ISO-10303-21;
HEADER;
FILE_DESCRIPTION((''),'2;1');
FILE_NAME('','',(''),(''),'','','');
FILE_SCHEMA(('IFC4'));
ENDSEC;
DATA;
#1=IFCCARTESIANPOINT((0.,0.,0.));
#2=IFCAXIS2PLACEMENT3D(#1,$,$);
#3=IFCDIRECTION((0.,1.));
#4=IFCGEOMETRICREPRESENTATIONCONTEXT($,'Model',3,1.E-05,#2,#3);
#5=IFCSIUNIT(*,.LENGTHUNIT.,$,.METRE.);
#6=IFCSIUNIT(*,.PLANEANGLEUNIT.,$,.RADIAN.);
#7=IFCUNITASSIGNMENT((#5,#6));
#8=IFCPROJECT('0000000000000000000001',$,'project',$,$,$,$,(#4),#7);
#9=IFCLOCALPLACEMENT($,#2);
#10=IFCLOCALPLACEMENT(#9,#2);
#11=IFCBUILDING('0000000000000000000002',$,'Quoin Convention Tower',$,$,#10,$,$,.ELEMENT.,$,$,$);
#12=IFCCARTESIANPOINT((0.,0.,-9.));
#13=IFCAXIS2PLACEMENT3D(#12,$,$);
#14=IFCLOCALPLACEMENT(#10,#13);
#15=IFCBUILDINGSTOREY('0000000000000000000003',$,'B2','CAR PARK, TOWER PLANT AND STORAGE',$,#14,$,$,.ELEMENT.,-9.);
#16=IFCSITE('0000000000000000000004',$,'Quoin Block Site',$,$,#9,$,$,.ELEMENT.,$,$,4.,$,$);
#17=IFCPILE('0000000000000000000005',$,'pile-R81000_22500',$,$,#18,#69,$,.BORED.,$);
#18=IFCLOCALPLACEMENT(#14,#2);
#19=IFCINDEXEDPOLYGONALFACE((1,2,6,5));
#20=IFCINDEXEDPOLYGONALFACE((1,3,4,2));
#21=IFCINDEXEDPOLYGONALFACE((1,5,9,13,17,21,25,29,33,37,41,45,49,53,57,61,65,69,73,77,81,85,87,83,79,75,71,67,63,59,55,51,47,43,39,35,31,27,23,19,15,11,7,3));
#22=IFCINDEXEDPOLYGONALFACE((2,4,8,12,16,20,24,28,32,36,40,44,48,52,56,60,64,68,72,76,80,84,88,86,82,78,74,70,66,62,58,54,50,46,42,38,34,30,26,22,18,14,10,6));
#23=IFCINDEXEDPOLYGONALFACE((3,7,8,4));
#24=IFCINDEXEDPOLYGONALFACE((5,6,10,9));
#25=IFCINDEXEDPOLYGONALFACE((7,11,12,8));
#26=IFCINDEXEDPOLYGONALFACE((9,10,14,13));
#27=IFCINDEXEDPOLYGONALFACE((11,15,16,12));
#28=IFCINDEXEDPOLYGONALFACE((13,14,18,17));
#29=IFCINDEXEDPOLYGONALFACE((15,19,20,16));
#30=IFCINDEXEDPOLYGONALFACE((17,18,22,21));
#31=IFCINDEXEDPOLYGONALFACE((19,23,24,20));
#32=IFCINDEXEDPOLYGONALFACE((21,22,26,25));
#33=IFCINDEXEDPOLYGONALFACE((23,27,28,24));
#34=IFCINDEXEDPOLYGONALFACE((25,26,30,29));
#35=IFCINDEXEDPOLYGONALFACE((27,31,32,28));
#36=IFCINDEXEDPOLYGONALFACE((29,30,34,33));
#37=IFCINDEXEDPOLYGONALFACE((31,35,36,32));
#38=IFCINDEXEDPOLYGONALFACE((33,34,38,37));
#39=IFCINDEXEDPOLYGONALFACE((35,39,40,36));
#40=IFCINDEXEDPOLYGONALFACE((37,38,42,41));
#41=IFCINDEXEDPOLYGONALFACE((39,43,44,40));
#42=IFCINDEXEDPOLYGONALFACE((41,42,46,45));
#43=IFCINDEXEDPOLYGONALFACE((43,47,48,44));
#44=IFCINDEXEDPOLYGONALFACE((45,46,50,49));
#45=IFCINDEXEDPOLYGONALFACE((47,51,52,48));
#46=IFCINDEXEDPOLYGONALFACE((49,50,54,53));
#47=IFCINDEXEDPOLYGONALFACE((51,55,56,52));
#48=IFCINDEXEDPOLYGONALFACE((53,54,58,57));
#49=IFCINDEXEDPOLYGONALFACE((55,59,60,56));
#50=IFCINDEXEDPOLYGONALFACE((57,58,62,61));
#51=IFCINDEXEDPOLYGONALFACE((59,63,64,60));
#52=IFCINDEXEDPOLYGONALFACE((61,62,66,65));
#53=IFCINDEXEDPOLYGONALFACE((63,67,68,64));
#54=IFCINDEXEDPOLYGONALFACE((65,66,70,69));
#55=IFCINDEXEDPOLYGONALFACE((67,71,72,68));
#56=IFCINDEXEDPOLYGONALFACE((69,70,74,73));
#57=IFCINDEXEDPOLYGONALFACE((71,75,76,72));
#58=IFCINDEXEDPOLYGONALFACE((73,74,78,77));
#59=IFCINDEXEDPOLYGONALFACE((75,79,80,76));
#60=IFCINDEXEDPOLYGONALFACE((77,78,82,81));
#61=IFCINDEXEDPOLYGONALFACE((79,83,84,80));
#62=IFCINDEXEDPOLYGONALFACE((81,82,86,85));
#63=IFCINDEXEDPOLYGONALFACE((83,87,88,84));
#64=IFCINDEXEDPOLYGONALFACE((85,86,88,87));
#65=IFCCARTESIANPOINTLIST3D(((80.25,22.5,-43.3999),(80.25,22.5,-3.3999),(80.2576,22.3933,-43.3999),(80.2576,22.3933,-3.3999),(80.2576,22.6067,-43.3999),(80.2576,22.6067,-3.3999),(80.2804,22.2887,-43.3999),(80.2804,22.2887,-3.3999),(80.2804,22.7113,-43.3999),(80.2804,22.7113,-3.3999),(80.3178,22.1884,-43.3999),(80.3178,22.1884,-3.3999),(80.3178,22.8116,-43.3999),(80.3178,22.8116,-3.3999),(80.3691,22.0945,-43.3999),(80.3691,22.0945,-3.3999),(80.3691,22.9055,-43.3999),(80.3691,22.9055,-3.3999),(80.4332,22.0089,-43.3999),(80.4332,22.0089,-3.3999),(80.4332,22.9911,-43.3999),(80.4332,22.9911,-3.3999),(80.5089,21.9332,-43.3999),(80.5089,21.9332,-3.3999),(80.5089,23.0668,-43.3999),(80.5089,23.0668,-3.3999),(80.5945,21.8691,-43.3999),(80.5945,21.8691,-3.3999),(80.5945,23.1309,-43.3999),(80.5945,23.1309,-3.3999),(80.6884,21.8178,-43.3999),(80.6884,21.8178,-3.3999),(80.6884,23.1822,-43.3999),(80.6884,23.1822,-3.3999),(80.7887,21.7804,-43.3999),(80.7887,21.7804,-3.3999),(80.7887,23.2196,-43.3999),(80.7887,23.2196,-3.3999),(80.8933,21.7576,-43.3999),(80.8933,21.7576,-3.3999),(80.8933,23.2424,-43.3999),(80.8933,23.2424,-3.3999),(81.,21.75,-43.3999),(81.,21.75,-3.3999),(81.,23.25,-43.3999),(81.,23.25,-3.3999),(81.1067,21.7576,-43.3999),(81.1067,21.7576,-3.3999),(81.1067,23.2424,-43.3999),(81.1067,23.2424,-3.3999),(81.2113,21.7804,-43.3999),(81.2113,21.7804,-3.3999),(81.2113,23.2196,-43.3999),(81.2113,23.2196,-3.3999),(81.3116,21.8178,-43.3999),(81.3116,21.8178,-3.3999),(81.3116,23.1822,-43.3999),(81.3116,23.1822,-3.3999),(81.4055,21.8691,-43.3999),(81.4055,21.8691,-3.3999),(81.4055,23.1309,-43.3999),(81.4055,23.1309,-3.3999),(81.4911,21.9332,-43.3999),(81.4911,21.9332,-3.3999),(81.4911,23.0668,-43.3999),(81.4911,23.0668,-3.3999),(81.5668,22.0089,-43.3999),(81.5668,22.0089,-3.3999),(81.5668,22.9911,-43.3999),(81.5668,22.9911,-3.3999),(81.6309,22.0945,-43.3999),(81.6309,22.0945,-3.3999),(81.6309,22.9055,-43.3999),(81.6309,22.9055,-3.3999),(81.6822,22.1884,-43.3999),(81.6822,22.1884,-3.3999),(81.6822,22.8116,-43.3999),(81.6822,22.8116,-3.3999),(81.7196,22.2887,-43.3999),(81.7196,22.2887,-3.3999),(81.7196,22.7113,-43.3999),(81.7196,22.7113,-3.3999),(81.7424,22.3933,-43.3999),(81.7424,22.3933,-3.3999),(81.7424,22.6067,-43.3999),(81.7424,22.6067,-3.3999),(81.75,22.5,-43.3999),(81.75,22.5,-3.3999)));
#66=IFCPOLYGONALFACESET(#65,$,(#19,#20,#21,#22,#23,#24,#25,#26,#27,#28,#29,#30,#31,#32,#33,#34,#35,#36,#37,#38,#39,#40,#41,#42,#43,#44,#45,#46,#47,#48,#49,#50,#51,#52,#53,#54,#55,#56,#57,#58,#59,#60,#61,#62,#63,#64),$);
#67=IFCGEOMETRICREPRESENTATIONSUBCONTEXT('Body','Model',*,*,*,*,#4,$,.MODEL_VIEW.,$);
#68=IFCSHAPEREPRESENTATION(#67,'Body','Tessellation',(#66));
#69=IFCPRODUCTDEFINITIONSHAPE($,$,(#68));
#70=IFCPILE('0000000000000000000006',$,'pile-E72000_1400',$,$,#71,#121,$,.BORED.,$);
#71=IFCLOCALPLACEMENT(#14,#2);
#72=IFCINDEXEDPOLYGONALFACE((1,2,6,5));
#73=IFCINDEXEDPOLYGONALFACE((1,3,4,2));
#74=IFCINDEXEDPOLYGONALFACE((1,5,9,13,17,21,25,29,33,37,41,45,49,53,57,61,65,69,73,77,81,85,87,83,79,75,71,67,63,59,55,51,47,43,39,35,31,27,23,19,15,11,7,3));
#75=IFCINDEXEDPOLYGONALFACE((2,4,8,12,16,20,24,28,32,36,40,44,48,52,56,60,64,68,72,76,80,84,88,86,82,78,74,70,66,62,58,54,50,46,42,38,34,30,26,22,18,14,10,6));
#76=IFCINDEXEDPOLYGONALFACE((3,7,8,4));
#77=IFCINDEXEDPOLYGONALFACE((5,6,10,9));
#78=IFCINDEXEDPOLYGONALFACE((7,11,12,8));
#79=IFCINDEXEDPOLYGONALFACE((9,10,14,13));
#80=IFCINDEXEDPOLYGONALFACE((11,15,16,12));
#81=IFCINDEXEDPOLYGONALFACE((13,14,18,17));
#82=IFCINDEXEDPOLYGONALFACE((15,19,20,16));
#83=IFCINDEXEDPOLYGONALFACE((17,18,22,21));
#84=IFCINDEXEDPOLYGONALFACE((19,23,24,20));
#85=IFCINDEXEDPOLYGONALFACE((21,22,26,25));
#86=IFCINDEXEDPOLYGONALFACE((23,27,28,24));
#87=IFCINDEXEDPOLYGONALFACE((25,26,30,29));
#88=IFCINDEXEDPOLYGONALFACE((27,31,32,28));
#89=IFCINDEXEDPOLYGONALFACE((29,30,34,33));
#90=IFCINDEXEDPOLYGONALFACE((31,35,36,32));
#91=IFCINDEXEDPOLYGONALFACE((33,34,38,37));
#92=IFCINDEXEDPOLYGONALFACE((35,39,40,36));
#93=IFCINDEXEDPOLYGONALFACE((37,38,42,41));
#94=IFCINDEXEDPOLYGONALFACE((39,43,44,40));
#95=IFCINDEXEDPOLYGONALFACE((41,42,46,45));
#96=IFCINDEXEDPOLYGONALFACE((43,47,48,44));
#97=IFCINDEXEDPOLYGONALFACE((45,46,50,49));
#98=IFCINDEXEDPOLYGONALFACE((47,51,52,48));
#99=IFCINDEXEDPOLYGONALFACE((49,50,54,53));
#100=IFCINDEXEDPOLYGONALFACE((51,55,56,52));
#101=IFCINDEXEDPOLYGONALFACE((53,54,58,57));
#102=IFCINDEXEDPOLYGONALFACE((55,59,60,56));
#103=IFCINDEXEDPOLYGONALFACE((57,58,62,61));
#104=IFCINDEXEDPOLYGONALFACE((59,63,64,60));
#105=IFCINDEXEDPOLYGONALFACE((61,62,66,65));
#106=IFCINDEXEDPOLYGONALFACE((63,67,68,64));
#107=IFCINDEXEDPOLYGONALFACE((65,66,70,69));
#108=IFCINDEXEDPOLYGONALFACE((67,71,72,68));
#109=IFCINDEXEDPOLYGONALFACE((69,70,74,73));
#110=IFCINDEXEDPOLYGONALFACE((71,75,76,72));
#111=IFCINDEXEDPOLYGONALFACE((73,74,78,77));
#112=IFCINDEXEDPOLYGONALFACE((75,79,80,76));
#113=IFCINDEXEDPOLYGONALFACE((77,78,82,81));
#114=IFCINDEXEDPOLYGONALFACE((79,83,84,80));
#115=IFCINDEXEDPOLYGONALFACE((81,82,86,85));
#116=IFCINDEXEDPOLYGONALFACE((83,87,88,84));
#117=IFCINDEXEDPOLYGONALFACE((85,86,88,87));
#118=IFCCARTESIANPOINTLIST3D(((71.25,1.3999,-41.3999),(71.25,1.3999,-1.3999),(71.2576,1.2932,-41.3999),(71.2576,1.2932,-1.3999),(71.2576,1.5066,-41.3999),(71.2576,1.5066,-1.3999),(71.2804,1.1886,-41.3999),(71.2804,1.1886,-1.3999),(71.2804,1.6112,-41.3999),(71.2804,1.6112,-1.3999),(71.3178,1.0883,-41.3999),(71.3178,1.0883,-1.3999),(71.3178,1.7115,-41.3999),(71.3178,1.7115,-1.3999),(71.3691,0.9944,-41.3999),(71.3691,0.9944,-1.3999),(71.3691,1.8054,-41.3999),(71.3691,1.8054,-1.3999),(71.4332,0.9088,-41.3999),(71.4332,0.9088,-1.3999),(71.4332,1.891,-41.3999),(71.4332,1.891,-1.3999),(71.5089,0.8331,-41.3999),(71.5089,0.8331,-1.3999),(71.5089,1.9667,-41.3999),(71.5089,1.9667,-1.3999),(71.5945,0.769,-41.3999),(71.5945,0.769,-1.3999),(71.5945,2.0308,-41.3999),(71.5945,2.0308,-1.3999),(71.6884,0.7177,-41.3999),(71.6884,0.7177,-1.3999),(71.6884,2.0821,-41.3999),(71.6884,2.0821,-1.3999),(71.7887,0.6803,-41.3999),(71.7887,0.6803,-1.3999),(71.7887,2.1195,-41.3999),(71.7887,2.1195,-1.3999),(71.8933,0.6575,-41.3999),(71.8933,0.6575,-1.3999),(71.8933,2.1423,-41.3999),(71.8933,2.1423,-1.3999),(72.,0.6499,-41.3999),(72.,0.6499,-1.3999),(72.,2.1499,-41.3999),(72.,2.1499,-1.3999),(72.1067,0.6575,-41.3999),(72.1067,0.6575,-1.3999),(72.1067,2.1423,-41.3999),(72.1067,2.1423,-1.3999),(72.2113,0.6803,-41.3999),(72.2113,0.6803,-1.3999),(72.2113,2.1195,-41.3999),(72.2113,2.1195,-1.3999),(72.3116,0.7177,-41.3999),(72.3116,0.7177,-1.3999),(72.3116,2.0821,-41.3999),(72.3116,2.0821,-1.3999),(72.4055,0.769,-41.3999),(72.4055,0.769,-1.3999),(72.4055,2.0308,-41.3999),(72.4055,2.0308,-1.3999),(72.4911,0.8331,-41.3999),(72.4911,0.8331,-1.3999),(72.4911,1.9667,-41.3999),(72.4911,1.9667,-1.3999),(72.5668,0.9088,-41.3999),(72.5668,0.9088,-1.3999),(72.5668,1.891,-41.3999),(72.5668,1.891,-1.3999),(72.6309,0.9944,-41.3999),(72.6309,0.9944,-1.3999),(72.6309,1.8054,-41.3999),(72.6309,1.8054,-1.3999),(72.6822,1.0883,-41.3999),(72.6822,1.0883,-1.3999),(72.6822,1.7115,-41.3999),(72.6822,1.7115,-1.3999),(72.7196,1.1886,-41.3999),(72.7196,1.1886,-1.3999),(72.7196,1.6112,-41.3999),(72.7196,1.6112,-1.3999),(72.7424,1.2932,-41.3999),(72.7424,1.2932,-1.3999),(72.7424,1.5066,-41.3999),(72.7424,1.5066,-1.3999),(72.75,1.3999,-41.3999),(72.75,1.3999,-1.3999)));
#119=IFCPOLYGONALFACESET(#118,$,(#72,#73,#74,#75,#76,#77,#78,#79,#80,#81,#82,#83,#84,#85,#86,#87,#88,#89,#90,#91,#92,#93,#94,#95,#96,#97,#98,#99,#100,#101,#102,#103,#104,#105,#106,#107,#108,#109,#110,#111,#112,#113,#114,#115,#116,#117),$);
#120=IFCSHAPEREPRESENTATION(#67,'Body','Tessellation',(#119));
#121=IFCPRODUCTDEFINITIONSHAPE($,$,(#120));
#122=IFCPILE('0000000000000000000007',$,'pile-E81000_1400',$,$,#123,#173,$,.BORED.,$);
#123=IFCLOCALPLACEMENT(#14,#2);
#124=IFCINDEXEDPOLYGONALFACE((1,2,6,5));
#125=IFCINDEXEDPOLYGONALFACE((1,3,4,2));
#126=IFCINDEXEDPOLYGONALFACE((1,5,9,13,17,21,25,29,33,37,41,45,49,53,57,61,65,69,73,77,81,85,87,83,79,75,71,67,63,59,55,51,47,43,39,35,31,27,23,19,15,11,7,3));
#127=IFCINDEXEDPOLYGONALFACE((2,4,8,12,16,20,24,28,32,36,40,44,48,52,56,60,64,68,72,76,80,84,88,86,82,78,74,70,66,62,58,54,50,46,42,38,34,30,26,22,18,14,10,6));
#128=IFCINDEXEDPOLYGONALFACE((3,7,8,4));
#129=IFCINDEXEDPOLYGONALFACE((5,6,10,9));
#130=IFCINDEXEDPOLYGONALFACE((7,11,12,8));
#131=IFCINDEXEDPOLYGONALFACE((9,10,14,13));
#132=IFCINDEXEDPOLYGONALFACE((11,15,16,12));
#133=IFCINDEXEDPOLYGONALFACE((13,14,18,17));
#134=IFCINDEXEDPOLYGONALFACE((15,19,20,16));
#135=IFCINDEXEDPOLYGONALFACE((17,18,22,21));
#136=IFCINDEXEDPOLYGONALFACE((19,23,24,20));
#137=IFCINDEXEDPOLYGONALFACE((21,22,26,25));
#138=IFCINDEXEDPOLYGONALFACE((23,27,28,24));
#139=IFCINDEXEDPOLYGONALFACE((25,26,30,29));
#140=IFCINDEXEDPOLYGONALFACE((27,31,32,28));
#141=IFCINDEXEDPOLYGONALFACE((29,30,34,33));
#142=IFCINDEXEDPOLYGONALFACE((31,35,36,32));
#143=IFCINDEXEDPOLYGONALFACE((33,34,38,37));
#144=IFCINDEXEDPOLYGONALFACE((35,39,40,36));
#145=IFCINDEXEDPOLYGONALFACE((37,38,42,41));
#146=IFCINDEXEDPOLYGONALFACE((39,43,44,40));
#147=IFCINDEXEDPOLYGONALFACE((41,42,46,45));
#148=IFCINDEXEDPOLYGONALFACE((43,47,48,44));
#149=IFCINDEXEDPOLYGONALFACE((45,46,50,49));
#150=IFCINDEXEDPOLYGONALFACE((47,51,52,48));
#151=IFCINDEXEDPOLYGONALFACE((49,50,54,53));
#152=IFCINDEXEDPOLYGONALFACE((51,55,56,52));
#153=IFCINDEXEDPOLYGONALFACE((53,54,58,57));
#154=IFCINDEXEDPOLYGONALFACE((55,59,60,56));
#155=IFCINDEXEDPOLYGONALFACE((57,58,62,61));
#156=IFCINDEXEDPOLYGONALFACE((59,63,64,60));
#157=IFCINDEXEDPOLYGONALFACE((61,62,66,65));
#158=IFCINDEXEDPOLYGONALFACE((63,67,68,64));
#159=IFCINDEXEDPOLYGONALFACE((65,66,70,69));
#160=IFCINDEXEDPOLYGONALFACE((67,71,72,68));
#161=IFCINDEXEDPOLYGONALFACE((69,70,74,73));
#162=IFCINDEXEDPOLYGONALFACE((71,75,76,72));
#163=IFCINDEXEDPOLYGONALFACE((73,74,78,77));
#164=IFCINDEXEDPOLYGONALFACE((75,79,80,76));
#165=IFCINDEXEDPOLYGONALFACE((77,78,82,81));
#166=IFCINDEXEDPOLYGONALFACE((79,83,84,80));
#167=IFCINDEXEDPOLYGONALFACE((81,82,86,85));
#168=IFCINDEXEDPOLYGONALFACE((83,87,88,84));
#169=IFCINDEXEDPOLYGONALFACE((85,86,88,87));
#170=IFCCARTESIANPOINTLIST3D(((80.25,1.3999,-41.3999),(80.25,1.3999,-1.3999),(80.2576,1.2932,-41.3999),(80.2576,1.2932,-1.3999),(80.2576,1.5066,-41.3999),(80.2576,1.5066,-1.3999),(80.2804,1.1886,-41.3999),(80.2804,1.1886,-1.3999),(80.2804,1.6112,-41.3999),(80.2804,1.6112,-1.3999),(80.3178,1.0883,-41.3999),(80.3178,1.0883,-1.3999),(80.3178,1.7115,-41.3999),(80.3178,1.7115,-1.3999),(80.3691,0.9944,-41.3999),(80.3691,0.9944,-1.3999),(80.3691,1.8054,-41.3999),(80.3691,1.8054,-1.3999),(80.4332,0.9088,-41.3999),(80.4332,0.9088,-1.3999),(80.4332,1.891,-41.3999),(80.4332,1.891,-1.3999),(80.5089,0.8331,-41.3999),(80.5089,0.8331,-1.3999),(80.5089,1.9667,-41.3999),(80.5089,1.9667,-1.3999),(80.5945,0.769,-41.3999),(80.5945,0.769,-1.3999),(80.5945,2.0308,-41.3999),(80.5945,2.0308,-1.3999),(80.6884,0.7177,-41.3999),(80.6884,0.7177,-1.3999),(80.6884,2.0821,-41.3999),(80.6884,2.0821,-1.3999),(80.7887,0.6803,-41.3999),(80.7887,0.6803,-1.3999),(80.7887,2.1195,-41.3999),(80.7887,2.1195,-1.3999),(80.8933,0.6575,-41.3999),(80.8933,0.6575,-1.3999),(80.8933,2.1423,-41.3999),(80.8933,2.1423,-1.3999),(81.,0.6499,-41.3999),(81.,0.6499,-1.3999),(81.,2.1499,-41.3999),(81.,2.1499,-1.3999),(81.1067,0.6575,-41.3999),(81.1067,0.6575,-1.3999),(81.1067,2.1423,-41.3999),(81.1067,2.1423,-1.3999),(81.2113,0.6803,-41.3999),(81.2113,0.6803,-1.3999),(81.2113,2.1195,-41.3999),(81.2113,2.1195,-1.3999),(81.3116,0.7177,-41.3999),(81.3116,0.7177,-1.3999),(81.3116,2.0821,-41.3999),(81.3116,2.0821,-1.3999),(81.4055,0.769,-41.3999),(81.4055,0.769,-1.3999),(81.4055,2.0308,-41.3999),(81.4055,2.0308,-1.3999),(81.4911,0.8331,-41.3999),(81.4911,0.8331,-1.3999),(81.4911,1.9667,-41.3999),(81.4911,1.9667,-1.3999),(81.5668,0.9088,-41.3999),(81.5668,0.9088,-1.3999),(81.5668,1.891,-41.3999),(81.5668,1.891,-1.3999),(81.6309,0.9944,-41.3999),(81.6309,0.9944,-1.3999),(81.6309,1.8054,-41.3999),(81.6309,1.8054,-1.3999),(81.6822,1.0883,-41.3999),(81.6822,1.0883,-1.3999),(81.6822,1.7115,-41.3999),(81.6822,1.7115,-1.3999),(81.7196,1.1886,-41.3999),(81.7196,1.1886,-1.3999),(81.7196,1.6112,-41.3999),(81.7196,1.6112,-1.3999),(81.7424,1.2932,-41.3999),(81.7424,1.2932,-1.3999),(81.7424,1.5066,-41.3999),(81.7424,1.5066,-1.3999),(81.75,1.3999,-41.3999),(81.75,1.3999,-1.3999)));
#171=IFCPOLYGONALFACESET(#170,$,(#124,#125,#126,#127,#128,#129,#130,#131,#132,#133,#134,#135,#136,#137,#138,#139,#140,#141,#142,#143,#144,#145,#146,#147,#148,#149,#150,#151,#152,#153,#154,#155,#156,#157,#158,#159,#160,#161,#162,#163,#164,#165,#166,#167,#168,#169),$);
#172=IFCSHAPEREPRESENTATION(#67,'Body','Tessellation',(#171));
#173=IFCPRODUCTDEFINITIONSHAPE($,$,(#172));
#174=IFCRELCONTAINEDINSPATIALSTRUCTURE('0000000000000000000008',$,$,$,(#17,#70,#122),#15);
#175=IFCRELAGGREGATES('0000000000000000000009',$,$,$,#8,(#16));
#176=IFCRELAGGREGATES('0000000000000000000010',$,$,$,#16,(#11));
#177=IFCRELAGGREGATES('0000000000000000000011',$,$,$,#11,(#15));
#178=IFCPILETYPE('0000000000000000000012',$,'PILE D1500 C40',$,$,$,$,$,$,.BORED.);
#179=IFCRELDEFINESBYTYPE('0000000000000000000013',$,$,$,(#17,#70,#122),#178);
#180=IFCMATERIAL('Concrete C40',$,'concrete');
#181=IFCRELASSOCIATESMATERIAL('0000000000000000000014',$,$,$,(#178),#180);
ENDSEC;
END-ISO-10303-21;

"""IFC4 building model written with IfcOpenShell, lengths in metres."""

from ifc_helpers import new_model, si_unit, direction, frame, origin, origin_2d, place, context, subcontext, project, spatial, circle, extrude, material, material_profile, profile_set, type_object, element, save


model = new_model("IFC4")

# Units and contexts
model_context = context("Model", 3, precision=1e-05, world=origin(), true_north=direction((0.0, 1.0)))
body_context = subcontext(model_context, "Body", "Model", "MODEL_VIEW")
ifc_project = project(units=[si_unit("LENGTHUNIT", "METRE"), si_unit("PLANEANGLEUNIT", "RADIAN")], contexts=[model_context])

# Site, building, storey
site_placement = place(None, origin())
site = spatial("IfcSite", under=ifc_project, at=site_placement, Name="Quoin Block Site", CompositionType="ELEMENT", RefElevation=4.0)
building_placement = place(site_placement, origin())
building = spatial("IfcBuilding", under=site, at=building_placement, Name="Quoin Convention Tower", CompositionType="ELEMENT")
storey_placement = place(building_placement, frame((0.0, 0.0, -9.0)))
storey = spatial("IfcBuildingStorey", under=building, at=storey_placement, Name="B2", Description="CAR PARK, TOWER PLANT AND STORAGE", CompositionType="ELEMENT", Elevation=-9.0)

# Piles
ifc_material_1 = material(Name="Concrete C40", Category="concrete")
ifc_material_profile_1 = material_profile(ifc_material_1, circle(Radius=0.75, at=origin_2d()), Name="D1500")
ifc_profile_set_1 = profile_set([ifc_material_profile_1], Name="Concrete C40")
pile_type = type_object("IfcPileType", Name="PILE D1500 C40", PredefinedType="BORED", material=ifc_profile_set_1)
for number, where, z_axis, x_axis, name in (
    (1, (81.0, 22.5, -3.3999), (0.0, 0.0, -1.0), (1.0, 0.0, 0.0), "pile-R81000_22500"),
    (2, (72.0, 1.3999, -1.3999), (0.0, 0.0, -1.0), (1.0, 0.0, 0.0), "pile-E72000_1400"),
    (3, (81.0, 1.3999, -1.3999), (0.0, 0.0, -1.0), (1.0, 0.0, 0.0), "pile-E81000_1400"),
):
    element("IfcPile", number, at=place(storey_placement, frame(where, z_axis=z_axis, x_axis=x_axis)), inside=storey, type_object=pile_type, Name=name, PredefinedType="BORED", context=body_context, shape_type="SweptSolid", body=[
        extrude(circle(Radius=0.75, at=origin_2d()), origin(), (0.0, 0.0, 1.0), 40.0),
    ])

save(model, "model.ifc")
